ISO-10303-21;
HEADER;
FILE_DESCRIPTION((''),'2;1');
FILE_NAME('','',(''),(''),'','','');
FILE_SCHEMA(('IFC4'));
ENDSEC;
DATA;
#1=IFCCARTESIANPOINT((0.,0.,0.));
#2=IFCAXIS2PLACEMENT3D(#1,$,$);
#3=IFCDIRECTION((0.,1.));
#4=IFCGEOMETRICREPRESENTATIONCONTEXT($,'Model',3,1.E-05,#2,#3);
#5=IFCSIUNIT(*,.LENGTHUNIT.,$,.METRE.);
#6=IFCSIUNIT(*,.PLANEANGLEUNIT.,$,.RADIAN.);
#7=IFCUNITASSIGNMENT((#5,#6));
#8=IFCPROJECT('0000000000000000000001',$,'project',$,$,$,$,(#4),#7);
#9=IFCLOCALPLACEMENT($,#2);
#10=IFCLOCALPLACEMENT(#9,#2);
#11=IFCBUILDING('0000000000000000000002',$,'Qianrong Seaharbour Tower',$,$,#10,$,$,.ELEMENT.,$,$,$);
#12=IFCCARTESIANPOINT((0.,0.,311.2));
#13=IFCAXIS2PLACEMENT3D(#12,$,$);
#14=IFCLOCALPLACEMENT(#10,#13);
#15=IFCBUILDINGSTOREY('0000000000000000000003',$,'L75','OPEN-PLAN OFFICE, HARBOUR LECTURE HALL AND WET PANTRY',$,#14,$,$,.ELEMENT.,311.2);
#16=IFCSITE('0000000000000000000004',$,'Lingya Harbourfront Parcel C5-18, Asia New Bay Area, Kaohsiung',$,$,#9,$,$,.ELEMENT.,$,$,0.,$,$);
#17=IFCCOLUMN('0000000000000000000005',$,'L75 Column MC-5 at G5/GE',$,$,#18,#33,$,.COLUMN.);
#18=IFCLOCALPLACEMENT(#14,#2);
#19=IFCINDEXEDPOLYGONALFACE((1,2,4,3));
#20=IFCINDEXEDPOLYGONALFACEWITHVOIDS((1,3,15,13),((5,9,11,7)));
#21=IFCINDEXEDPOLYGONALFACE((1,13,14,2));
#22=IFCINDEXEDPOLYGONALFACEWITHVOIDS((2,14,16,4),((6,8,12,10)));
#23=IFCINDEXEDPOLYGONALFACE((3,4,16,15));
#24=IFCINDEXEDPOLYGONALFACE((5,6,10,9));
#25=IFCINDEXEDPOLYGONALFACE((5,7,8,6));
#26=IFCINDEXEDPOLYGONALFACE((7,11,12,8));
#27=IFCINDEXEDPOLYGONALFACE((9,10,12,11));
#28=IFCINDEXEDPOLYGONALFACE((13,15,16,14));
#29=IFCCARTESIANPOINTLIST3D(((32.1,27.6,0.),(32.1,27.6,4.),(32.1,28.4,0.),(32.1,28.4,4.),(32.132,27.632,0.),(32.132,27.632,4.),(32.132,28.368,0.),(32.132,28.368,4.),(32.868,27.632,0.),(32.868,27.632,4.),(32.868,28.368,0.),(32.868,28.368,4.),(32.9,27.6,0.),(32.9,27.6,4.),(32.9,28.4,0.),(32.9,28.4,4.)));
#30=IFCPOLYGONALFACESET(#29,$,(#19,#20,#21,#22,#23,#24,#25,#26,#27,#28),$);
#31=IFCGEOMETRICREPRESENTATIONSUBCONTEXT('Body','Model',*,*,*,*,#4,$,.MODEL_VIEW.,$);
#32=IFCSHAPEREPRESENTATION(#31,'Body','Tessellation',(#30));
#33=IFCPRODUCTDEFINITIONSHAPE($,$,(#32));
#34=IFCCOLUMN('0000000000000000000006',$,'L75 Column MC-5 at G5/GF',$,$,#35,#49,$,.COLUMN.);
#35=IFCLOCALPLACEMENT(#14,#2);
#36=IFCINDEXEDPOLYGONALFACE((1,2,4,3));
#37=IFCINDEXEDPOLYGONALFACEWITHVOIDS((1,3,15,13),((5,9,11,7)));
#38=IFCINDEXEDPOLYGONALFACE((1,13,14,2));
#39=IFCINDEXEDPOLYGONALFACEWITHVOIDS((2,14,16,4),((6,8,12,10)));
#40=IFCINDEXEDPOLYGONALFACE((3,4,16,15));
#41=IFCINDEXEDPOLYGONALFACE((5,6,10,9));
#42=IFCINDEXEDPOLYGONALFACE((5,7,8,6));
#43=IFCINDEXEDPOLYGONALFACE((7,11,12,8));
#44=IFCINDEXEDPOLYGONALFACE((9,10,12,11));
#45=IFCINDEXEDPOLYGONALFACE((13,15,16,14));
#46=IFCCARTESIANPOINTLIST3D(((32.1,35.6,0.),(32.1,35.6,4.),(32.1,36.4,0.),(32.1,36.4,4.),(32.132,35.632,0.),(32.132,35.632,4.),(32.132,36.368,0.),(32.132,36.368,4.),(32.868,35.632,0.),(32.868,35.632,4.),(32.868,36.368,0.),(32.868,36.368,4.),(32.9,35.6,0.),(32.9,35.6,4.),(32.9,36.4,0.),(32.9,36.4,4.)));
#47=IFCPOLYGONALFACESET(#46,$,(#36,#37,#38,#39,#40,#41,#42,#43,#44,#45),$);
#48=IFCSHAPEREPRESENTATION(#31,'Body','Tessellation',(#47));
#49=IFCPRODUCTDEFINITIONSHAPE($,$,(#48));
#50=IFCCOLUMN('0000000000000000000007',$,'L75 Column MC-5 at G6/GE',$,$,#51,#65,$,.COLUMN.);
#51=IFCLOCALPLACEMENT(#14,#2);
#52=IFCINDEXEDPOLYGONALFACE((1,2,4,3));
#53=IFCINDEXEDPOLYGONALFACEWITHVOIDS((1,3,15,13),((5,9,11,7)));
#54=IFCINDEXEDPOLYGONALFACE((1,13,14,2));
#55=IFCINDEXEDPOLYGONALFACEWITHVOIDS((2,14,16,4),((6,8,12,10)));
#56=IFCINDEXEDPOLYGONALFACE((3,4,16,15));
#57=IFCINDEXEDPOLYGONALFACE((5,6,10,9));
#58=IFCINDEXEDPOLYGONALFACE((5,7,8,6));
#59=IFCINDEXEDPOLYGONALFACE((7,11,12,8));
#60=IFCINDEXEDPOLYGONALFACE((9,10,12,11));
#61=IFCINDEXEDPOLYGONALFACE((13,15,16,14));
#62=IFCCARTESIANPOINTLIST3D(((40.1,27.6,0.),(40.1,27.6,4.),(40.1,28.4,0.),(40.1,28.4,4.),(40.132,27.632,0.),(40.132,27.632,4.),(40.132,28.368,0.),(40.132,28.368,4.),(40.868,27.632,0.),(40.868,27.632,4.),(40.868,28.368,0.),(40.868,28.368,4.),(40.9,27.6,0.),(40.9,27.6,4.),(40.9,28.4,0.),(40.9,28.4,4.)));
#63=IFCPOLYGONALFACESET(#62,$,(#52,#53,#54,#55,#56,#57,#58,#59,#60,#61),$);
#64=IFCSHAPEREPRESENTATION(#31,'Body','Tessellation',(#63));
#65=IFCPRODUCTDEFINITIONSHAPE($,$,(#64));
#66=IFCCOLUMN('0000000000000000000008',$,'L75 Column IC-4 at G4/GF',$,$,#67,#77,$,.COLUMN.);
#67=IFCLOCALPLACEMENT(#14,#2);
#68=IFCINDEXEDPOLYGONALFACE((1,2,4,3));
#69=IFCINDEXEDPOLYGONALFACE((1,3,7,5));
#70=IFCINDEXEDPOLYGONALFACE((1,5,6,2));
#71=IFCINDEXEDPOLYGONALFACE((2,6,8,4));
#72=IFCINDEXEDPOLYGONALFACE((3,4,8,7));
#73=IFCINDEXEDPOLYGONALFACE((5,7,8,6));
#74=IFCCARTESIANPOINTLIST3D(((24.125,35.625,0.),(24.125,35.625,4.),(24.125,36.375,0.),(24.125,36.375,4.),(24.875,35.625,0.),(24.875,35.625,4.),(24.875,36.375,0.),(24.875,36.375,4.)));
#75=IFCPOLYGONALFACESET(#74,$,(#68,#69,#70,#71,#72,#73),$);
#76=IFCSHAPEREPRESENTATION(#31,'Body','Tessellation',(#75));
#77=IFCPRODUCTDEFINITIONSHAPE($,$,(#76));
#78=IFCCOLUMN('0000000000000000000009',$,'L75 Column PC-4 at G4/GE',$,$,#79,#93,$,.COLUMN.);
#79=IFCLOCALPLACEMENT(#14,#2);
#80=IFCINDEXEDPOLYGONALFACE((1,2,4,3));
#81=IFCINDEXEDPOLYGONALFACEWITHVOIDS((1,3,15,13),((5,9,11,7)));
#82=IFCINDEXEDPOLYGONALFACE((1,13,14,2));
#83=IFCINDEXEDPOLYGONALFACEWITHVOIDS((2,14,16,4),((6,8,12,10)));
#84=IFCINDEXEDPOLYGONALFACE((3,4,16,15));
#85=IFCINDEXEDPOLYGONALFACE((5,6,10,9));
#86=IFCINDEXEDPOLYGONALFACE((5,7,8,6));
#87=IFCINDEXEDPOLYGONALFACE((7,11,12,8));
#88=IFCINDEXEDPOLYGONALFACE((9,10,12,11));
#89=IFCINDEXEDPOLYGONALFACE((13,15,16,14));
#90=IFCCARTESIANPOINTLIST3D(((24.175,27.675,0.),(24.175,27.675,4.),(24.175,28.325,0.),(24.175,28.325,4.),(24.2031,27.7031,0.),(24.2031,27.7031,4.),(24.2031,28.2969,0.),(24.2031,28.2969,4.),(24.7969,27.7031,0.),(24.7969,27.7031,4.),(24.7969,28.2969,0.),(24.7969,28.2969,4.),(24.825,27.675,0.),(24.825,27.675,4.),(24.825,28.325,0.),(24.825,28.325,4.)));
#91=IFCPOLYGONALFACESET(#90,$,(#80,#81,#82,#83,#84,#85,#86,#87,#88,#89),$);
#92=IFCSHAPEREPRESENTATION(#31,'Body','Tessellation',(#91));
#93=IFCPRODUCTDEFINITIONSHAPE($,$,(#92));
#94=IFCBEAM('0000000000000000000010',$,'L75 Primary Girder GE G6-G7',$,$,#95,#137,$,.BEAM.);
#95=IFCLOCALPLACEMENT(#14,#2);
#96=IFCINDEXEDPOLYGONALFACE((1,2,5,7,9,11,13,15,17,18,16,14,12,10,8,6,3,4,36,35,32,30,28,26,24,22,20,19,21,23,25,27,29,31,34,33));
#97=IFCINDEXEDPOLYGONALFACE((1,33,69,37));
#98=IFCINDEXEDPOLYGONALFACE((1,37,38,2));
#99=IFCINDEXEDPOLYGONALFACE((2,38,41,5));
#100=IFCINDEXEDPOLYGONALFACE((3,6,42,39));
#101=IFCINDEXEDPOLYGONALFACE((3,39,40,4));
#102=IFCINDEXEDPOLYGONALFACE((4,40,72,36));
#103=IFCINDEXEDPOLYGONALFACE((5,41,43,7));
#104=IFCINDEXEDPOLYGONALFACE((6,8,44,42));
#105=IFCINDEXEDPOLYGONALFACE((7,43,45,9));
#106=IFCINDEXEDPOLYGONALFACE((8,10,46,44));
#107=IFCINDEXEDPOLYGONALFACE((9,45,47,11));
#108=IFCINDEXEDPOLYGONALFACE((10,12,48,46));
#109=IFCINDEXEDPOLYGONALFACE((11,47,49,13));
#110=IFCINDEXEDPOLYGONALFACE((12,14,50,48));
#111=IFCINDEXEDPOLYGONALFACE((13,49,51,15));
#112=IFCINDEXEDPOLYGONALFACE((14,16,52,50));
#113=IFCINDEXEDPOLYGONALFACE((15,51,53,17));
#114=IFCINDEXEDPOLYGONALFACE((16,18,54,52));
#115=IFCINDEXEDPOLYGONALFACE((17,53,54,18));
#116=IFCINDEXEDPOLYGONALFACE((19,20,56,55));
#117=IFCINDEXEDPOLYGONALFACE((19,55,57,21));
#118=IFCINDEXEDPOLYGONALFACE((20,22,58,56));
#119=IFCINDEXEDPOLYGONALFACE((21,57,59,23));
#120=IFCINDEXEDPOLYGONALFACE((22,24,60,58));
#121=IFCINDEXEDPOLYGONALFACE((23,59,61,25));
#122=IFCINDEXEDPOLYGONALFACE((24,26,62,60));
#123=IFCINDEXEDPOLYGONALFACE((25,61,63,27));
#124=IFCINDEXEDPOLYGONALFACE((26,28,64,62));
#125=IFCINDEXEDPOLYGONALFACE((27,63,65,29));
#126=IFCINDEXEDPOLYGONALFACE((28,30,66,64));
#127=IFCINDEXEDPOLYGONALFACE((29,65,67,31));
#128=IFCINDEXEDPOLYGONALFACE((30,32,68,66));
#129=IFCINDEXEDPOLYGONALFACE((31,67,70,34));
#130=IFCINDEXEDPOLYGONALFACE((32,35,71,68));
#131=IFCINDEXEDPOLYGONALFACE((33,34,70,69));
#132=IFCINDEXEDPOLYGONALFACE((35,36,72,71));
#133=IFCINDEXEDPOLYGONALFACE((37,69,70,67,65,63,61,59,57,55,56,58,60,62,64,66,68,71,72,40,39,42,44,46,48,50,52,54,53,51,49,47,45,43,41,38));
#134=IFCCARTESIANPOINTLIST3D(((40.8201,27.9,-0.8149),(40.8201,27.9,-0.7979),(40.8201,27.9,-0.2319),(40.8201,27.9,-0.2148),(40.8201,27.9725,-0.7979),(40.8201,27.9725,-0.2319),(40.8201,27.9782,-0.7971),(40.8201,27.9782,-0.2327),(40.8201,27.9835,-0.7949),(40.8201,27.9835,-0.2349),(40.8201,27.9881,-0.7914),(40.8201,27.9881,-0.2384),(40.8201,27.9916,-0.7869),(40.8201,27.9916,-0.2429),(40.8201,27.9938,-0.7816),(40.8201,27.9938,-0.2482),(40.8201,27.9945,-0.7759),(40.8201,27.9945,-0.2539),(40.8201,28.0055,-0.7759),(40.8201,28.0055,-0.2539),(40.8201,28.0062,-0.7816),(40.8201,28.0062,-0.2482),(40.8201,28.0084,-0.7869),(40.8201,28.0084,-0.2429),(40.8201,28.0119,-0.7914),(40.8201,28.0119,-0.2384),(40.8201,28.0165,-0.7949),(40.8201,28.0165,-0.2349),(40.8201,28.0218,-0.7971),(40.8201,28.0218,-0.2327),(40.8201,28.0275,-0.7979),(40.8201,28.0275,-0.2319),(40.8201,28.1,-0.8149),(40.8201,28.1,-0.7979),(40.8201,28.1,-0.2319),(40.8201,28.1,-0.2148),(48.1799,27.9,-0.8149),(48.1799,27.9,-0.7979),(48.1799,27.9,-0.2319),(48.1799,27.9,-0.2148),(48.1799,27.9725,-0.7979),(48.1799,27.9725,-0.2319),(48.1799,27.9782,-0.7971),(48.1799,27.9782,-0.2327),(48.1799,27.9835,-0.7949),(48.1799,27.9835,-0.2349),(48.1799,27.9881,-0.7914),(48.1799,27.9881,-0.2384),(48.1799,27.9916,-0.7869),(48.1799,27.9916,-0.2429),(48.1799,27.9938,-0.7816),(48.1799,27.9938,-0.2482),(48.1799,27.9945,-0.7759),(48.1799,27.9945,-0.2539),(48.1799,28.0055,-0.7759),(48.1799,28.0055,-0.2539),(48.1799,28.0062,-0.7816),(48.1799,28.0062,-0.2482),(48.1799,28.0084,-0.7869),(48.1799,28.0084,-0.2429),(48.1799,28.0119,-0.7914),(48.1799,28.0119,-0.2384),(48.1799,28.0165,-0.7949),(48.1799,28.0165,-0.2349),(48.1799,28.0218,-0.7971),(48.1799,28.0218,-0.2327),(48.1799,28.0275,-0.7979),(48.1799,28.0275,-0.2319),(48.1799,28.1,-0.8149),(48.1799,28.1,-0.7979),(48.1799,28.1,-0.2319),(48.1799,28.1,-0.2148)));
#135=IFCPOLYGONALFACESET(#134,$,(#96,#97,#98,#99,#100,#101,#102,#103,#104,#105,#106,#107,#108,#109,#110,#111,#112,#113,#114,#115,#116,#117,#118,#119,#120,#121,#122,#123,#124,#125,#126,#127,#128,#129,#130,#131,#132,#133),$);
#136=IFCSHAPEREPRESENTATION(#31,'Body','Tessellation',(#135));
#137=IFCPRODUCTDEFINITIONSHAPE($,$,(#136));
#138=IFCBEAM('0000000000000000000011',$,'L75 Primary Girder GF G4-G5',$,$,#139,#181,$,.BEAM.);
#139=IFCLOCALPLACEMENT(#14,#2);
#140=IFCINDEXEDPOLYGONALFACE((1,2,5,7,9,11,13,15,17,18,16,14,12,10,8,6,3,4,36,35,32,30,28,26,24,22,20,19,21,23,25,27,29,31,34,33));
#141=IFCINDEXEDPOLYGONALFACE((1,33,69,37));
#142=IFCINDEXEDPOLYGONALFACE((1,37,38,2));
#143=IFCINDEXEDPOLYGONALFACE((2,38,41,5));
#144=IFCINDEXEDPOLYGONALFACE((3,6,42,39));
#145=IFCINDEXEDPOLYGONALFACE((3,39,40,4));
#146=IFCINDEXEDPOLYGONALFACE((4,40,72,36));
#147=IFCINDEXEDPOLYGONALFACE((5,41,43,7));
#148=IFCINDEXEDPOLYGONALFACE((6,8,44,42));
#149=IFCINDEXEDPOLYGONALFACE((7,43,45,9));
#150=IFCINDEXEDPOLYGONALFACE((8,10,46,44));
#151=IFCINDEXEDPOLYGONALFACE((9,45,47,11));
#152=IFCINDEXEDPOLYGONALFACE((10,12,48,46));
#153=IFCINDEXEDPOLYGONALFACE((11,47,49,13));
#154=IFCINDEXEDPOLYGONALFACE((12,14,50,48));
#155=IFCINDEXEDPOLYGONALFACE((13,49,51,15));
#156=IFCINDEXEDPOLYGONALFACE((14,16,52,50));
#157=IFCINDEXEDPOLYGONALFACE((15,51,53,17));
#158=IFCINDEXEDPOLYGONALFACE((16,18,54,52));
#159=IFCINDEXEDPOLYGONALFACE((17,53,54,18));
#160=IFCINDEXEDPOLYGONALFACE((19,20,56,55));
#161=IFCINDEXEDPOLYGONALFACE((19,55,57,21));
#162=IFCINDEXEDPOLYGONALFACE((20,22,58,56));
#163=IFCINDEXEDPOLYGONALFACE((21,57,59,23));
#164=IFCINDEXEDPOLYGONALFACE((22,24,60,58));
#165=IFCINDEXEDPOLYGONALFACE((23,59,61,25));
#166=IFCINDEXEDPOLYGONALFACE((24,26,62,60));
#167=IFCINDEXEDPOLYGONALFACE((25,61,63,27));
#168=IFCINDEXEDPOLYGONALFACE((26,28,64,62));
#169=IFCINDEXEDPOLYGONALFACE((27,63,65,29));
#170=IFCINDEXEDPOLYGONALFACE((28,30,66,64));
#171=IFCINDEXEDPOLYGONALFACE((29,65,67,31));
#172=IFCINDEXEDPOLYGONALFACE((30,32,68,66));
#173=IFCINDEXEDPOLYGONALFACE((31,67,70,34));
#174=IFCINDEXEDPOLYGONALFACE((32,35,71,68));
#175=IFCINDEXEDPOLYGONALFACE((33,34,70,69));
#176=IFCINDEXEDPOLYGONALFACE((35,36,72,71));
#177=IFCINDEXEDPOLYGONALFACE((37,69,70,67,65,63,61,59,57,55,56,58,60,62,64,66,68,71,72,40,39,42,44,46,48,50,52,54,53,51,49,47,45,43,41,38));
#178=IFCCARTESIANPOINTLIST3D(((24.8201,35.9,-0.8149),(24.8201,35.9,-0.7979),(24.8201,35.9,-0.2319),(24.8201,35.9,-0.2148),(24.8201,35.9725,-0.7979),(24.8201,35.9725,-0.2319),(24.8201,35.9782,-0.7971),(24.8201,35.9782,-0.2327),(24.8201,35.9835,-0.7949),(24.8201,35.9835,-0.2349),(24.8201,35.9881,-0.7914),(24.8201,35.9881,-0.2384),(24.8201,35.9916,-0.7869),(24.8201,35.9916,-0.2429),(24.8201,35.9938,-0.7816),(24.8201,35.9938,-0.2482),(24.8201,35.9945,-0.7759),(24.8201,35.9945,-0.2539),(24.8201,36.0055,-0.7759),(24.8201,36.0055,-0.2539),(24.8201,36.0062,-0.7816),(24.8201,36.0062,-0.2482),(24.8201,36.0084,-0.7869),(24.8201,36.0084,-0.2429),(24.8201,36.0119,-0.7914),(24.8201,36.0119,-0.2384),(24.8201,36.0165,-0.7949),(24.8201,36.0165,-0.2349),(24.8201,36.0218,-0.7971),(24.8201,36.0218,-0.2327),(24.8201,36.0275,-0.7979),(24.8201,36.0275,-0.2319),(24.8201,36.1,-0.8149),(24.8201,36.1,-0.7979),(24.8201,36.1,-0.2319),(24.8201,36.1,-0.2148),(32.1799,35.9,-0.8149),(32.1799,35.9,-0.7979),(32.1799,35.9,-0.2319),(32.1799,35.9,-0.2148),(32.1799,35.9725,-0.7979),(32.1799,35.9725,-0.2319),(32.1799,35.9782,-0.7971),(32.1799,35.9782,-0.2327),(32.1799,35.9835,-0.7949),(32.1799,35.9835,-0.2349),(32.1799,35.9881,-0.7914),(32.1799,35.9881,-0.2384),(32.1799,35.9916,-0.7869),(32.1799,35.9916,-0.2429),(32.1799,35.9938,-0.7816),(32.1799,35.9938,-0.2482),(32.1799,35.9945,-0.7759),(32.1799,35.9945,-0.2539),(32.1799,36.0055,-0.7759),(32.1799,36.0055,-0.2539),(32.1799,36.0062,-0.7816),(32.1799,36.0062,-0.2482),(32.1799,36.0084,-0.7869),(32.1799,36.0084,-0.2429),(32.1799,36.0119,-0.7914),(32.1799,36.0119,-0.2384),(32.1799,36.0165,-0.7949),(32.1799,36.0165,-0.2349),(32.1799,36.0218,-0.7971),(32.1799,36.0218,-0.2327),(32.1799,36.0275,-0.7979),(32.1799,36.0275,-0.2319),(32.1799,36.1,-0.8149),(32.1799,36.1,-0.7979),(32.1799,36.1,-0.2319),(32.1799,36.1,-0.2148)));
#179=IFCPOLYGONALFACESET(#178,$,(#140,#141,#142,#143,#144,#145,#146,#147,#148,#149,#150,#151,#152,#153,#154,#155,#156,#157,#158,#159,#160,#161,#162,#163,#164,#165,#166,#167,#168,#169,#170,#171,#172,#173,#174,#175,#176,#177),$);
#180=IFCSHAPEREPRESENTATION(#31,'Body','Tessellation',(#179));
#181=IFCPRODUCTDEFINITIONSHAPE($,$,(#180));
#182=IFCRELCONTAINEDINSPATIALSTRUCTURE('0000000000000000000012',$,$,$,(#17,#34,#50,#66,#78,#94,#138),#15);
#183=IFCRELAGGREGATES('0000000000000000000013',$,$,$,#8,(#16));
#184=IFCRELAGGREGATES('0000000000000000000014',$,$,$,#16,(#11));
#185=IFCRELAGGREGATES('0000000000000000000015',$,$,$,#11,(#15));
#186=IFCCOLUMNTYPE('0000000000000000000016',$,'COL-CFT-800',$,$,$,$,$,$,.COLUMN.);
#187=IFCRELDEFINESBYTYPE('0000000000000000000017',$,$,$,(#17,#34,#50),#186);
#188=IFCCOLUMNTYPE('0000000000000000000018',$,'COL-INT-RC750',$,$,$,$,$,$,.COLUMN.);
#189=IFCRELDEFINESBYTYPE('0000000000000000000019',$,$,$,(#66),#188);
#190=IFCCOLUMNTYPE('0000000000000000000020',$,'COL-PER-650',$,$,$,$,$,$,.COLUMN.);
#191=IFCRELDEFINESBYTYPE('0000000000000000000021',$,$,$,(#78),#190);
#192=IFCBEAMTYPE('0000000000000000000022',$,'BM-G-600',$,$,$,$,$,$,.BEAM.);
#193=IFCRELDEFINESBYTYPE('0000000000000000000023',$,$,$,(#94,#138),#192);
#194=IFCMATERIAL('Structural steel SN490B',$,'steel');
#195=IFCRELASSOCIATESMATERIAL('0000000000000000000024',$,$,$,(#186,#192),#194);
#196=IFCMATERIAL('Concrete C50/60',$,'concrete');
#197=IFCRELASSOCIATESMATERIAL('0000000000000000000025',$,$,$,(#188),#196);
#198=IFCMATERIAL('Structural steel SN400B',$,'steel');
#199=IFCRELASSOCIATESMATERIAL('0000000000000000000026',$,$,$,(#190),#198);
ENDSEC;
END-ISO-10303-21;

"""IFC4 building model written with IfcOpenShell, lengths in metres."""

from ifc_helpers import new_model, si_unit, direction, frame, origin, origin_2d, place, context, subcontext, project, spatial, rectangle, hollow_rectangle, i_section, extrude, material, material_profile, profile_set, type_object, element, save


model = new_model("IFC4")

# Units and contexts
model_context = context("Model", 3, precision=1e-05, world=origin(), true_north=direction((0.0, 1.0)))
body_context = subcontext(model_context, "Body", "Model", "MODEL_VIEW")
ifc_project = project(units=[si_unit("LENGTHUNIT", "METRE"), si_unit("PLANEANGLEUNIT", "RADIAN")], contexts=[model_context])

# Site, building, storey
site_placement = place(None, origin())
site = spatial("IfcSite", under=ifc_project, at=site_placement, Name="Lingya Harbourfront Parcel C5-18, Asia New Bay Area, Kaohsiung", CompositionType="ELEMENT", RefElevation=0.0)
building_placement = place(site_placement, origin())
building = spatial("IfcBuilding", under=site, at=building_placement, Name="Qianrong Seaharbour Tower", CompositionType="ELEMENT")
storey_placement = place(building_placement, frame((0.0, 0.0, 311.2)))
storey = spatial("IfcBuildingStorey", under=building, at=storey_placement, Name="L75", Description="OPEN-PLAN OFFICE, HARBOUR LECTURE HALL AND WET PANTRY", CompositionType="ELEMENT", Elevation=311.2)

# Columns
ifc_material_1 = material(Name="Structural steel SN490B", Category="steel")
ifc_material_profile_1 = material_profile(ifc_material_1, hollow_rectangle(XDim=0.8, YDim=0.8, WallThickness=0.032, at=origin_2d()), Name="BOX800x800x32")
ifc_profile_set_1 = profile_set([ifc_material_profile_1], Name="Structural steel SN490B")
column_type_1 = type_object("IfcColumnType", Name="COL-CFT-800", PredefinedType="COLUMN", material=ifc_profile_set_1)
for number, where, z_axis, x_axis, name in (
    (1, (32.5, 28.0, 0.0), (0.0, 0.0, 1.0), (1.0, 0.0, 0.0), "L75 Column MC-5 at G5/GE"),
    (2, (32.5, 36.0, 0.0), (0.0, 0.0, 1.0), (1.0, 0.0, 0.0), "L75 Column MC-5 at G5/GF"),
    (3, (40.5, 28.0, 0.0), (0.0, 0.0, 1.0), (1.0, 0.0, 0.0), "L75 Column MC-5 at G6/GE"),
):
    element("IfcColumn", number, at=place(storey_placement, frame(where, z_axis=z_axis, x_axis=x_axis)), inside=storey, type_object=column_type_1, Name=name, PredefinedType="COLUMN", context=body_context, shape_type="SweptSolid", body=[
        extrude(hollow_rectangle(XDim=0.8, YDim=0.8, WallThickness=0.032, at=origin_2d()), origin(), (0.0, 0.0, 1.0), 4.0),
    ])
ifc_material_2 = material(Name="Concrete C50/60", Category="concrete")
ifc_material_profile_2 = material_profile(ifc_material_2, rectangle(XDim=0.75, YDim=0.75, at=origin_2d()), Name="RC750x750")
ifc_profile_set_2 = profile_set([ifc_material_profile_2], Name="Concrete C50/60")
column_type_2 = type_object("IfcColumnType", Name="COL-INT-RC750", PredefinedType="COLUMN", material=ifc_profile_set_2)
column_1_placement = place(storey_placement, frame((24.5, 36.0, 0.0), z_axis=(0.0, 0.0, 1.0), x_axis=(1.0, 0.0, 0.0)))
element("IfcColumn", 4, at=column_1_placement, inside=storey, type_object=column_type_2, Name="L75 Column IC-4 at G4/GF", PredefinedType="COLUMN", context=body_context, shape_type="SweptSolid", body=[
    extrude(rectangle(XDim=0.75, YDim=0.75, at=origin_2d()), origin(), (0.0, 0.0, 1.0), 4.0),
])
ifc_material_3 = material(Name="Structural steel SN400B", Category="steel")
ifc_material_profile_3 = material_profile(ifc_material_3, hollow_rectangle(XDim=0.6499, YDim=0.6499, WallThickness=0.0281, at=origin_2d()), Name="BOX650x650x28")
ifc_profile_set_3 = profile_set([ifc_material_profile_3], Name="Structural steel SN400B")
column_type_3 = type_object("IfcColumnType", Name="COL-PER-650", PredefinedType="COLUMN", material=ifc_profile_set_3)
column_2_placement = place(storey_placement, frame((24.5, 28.0, 0.0), z_axis=(0.0, 0.0, 1.0), x_axis=(1.0, 0.0, 0.0)))
element("IfcColumn", 5, at=column_2_placement, inside=storey, type_object=column_type_3, Name="L75 Column PC-4 at G4/GE", PredefinedType="COLUMN", context=body_context, shape_type="SweptSolid", body=[
    extrude(hollow_rectangle(XDim=0.6499, YDim=0.6499, WallThickness=0.0281, at=origin_2d()), origin(), (0.0, 0.0, 1.0), 4.0),
])

# Beams
ifc_material_profile_4 = material_profile(ifc_material_1, i_section(OverallWidth=0.2, OverallDepth=0.6001, WebThickness=0.011, FlangeThickness=0.0171, FilletRadius=0.022, at=origin_2d()), Name="H600x200x11x17")
ifc_profile_set_4 = profile_set([ifc_material_profile_4], Name="Structural steel SN490B")
beam_type_1 = type_object("IfcBeamType", Name="BM-G-600", PredefinedType="BEAM", material=ifc_profile_set_4)
for number, where, z_axis, x_axis, name in (
    (6, (40.8201, 28.0, -0.5149), (1.0, 0.0, 0.0), (0.0, 1.0, 0.0), "L75 Primary Girder GE G6-G7"),
    (7, (24.8201, 36.0, -0.5149), (1.0, 0.0, 0.0), (0.0, 1.0, 0.0), "L75 Primary Girder GF G4-G5"),
):
    element("IfcBeam", number, at=place(storey_placement, frame(where, z_axis=z_axis, x_axis=x_axis)), inside=storey, type_object=beam_type_1, Name=name, PredefinedType="BEAM", context=body_context, shape_type="SweptSolid", body=[
        extrude(i_section(OverallWidth=0.2, OverallDepth=0.6001, WebThickness=0.011, FlangeThickness=0.0171, FilletRadius=0.022, at=origin_2d()), origin(), (0.0, 0.0, 1.0), 7.3599),
    ])

save(model, "model.ifc")
